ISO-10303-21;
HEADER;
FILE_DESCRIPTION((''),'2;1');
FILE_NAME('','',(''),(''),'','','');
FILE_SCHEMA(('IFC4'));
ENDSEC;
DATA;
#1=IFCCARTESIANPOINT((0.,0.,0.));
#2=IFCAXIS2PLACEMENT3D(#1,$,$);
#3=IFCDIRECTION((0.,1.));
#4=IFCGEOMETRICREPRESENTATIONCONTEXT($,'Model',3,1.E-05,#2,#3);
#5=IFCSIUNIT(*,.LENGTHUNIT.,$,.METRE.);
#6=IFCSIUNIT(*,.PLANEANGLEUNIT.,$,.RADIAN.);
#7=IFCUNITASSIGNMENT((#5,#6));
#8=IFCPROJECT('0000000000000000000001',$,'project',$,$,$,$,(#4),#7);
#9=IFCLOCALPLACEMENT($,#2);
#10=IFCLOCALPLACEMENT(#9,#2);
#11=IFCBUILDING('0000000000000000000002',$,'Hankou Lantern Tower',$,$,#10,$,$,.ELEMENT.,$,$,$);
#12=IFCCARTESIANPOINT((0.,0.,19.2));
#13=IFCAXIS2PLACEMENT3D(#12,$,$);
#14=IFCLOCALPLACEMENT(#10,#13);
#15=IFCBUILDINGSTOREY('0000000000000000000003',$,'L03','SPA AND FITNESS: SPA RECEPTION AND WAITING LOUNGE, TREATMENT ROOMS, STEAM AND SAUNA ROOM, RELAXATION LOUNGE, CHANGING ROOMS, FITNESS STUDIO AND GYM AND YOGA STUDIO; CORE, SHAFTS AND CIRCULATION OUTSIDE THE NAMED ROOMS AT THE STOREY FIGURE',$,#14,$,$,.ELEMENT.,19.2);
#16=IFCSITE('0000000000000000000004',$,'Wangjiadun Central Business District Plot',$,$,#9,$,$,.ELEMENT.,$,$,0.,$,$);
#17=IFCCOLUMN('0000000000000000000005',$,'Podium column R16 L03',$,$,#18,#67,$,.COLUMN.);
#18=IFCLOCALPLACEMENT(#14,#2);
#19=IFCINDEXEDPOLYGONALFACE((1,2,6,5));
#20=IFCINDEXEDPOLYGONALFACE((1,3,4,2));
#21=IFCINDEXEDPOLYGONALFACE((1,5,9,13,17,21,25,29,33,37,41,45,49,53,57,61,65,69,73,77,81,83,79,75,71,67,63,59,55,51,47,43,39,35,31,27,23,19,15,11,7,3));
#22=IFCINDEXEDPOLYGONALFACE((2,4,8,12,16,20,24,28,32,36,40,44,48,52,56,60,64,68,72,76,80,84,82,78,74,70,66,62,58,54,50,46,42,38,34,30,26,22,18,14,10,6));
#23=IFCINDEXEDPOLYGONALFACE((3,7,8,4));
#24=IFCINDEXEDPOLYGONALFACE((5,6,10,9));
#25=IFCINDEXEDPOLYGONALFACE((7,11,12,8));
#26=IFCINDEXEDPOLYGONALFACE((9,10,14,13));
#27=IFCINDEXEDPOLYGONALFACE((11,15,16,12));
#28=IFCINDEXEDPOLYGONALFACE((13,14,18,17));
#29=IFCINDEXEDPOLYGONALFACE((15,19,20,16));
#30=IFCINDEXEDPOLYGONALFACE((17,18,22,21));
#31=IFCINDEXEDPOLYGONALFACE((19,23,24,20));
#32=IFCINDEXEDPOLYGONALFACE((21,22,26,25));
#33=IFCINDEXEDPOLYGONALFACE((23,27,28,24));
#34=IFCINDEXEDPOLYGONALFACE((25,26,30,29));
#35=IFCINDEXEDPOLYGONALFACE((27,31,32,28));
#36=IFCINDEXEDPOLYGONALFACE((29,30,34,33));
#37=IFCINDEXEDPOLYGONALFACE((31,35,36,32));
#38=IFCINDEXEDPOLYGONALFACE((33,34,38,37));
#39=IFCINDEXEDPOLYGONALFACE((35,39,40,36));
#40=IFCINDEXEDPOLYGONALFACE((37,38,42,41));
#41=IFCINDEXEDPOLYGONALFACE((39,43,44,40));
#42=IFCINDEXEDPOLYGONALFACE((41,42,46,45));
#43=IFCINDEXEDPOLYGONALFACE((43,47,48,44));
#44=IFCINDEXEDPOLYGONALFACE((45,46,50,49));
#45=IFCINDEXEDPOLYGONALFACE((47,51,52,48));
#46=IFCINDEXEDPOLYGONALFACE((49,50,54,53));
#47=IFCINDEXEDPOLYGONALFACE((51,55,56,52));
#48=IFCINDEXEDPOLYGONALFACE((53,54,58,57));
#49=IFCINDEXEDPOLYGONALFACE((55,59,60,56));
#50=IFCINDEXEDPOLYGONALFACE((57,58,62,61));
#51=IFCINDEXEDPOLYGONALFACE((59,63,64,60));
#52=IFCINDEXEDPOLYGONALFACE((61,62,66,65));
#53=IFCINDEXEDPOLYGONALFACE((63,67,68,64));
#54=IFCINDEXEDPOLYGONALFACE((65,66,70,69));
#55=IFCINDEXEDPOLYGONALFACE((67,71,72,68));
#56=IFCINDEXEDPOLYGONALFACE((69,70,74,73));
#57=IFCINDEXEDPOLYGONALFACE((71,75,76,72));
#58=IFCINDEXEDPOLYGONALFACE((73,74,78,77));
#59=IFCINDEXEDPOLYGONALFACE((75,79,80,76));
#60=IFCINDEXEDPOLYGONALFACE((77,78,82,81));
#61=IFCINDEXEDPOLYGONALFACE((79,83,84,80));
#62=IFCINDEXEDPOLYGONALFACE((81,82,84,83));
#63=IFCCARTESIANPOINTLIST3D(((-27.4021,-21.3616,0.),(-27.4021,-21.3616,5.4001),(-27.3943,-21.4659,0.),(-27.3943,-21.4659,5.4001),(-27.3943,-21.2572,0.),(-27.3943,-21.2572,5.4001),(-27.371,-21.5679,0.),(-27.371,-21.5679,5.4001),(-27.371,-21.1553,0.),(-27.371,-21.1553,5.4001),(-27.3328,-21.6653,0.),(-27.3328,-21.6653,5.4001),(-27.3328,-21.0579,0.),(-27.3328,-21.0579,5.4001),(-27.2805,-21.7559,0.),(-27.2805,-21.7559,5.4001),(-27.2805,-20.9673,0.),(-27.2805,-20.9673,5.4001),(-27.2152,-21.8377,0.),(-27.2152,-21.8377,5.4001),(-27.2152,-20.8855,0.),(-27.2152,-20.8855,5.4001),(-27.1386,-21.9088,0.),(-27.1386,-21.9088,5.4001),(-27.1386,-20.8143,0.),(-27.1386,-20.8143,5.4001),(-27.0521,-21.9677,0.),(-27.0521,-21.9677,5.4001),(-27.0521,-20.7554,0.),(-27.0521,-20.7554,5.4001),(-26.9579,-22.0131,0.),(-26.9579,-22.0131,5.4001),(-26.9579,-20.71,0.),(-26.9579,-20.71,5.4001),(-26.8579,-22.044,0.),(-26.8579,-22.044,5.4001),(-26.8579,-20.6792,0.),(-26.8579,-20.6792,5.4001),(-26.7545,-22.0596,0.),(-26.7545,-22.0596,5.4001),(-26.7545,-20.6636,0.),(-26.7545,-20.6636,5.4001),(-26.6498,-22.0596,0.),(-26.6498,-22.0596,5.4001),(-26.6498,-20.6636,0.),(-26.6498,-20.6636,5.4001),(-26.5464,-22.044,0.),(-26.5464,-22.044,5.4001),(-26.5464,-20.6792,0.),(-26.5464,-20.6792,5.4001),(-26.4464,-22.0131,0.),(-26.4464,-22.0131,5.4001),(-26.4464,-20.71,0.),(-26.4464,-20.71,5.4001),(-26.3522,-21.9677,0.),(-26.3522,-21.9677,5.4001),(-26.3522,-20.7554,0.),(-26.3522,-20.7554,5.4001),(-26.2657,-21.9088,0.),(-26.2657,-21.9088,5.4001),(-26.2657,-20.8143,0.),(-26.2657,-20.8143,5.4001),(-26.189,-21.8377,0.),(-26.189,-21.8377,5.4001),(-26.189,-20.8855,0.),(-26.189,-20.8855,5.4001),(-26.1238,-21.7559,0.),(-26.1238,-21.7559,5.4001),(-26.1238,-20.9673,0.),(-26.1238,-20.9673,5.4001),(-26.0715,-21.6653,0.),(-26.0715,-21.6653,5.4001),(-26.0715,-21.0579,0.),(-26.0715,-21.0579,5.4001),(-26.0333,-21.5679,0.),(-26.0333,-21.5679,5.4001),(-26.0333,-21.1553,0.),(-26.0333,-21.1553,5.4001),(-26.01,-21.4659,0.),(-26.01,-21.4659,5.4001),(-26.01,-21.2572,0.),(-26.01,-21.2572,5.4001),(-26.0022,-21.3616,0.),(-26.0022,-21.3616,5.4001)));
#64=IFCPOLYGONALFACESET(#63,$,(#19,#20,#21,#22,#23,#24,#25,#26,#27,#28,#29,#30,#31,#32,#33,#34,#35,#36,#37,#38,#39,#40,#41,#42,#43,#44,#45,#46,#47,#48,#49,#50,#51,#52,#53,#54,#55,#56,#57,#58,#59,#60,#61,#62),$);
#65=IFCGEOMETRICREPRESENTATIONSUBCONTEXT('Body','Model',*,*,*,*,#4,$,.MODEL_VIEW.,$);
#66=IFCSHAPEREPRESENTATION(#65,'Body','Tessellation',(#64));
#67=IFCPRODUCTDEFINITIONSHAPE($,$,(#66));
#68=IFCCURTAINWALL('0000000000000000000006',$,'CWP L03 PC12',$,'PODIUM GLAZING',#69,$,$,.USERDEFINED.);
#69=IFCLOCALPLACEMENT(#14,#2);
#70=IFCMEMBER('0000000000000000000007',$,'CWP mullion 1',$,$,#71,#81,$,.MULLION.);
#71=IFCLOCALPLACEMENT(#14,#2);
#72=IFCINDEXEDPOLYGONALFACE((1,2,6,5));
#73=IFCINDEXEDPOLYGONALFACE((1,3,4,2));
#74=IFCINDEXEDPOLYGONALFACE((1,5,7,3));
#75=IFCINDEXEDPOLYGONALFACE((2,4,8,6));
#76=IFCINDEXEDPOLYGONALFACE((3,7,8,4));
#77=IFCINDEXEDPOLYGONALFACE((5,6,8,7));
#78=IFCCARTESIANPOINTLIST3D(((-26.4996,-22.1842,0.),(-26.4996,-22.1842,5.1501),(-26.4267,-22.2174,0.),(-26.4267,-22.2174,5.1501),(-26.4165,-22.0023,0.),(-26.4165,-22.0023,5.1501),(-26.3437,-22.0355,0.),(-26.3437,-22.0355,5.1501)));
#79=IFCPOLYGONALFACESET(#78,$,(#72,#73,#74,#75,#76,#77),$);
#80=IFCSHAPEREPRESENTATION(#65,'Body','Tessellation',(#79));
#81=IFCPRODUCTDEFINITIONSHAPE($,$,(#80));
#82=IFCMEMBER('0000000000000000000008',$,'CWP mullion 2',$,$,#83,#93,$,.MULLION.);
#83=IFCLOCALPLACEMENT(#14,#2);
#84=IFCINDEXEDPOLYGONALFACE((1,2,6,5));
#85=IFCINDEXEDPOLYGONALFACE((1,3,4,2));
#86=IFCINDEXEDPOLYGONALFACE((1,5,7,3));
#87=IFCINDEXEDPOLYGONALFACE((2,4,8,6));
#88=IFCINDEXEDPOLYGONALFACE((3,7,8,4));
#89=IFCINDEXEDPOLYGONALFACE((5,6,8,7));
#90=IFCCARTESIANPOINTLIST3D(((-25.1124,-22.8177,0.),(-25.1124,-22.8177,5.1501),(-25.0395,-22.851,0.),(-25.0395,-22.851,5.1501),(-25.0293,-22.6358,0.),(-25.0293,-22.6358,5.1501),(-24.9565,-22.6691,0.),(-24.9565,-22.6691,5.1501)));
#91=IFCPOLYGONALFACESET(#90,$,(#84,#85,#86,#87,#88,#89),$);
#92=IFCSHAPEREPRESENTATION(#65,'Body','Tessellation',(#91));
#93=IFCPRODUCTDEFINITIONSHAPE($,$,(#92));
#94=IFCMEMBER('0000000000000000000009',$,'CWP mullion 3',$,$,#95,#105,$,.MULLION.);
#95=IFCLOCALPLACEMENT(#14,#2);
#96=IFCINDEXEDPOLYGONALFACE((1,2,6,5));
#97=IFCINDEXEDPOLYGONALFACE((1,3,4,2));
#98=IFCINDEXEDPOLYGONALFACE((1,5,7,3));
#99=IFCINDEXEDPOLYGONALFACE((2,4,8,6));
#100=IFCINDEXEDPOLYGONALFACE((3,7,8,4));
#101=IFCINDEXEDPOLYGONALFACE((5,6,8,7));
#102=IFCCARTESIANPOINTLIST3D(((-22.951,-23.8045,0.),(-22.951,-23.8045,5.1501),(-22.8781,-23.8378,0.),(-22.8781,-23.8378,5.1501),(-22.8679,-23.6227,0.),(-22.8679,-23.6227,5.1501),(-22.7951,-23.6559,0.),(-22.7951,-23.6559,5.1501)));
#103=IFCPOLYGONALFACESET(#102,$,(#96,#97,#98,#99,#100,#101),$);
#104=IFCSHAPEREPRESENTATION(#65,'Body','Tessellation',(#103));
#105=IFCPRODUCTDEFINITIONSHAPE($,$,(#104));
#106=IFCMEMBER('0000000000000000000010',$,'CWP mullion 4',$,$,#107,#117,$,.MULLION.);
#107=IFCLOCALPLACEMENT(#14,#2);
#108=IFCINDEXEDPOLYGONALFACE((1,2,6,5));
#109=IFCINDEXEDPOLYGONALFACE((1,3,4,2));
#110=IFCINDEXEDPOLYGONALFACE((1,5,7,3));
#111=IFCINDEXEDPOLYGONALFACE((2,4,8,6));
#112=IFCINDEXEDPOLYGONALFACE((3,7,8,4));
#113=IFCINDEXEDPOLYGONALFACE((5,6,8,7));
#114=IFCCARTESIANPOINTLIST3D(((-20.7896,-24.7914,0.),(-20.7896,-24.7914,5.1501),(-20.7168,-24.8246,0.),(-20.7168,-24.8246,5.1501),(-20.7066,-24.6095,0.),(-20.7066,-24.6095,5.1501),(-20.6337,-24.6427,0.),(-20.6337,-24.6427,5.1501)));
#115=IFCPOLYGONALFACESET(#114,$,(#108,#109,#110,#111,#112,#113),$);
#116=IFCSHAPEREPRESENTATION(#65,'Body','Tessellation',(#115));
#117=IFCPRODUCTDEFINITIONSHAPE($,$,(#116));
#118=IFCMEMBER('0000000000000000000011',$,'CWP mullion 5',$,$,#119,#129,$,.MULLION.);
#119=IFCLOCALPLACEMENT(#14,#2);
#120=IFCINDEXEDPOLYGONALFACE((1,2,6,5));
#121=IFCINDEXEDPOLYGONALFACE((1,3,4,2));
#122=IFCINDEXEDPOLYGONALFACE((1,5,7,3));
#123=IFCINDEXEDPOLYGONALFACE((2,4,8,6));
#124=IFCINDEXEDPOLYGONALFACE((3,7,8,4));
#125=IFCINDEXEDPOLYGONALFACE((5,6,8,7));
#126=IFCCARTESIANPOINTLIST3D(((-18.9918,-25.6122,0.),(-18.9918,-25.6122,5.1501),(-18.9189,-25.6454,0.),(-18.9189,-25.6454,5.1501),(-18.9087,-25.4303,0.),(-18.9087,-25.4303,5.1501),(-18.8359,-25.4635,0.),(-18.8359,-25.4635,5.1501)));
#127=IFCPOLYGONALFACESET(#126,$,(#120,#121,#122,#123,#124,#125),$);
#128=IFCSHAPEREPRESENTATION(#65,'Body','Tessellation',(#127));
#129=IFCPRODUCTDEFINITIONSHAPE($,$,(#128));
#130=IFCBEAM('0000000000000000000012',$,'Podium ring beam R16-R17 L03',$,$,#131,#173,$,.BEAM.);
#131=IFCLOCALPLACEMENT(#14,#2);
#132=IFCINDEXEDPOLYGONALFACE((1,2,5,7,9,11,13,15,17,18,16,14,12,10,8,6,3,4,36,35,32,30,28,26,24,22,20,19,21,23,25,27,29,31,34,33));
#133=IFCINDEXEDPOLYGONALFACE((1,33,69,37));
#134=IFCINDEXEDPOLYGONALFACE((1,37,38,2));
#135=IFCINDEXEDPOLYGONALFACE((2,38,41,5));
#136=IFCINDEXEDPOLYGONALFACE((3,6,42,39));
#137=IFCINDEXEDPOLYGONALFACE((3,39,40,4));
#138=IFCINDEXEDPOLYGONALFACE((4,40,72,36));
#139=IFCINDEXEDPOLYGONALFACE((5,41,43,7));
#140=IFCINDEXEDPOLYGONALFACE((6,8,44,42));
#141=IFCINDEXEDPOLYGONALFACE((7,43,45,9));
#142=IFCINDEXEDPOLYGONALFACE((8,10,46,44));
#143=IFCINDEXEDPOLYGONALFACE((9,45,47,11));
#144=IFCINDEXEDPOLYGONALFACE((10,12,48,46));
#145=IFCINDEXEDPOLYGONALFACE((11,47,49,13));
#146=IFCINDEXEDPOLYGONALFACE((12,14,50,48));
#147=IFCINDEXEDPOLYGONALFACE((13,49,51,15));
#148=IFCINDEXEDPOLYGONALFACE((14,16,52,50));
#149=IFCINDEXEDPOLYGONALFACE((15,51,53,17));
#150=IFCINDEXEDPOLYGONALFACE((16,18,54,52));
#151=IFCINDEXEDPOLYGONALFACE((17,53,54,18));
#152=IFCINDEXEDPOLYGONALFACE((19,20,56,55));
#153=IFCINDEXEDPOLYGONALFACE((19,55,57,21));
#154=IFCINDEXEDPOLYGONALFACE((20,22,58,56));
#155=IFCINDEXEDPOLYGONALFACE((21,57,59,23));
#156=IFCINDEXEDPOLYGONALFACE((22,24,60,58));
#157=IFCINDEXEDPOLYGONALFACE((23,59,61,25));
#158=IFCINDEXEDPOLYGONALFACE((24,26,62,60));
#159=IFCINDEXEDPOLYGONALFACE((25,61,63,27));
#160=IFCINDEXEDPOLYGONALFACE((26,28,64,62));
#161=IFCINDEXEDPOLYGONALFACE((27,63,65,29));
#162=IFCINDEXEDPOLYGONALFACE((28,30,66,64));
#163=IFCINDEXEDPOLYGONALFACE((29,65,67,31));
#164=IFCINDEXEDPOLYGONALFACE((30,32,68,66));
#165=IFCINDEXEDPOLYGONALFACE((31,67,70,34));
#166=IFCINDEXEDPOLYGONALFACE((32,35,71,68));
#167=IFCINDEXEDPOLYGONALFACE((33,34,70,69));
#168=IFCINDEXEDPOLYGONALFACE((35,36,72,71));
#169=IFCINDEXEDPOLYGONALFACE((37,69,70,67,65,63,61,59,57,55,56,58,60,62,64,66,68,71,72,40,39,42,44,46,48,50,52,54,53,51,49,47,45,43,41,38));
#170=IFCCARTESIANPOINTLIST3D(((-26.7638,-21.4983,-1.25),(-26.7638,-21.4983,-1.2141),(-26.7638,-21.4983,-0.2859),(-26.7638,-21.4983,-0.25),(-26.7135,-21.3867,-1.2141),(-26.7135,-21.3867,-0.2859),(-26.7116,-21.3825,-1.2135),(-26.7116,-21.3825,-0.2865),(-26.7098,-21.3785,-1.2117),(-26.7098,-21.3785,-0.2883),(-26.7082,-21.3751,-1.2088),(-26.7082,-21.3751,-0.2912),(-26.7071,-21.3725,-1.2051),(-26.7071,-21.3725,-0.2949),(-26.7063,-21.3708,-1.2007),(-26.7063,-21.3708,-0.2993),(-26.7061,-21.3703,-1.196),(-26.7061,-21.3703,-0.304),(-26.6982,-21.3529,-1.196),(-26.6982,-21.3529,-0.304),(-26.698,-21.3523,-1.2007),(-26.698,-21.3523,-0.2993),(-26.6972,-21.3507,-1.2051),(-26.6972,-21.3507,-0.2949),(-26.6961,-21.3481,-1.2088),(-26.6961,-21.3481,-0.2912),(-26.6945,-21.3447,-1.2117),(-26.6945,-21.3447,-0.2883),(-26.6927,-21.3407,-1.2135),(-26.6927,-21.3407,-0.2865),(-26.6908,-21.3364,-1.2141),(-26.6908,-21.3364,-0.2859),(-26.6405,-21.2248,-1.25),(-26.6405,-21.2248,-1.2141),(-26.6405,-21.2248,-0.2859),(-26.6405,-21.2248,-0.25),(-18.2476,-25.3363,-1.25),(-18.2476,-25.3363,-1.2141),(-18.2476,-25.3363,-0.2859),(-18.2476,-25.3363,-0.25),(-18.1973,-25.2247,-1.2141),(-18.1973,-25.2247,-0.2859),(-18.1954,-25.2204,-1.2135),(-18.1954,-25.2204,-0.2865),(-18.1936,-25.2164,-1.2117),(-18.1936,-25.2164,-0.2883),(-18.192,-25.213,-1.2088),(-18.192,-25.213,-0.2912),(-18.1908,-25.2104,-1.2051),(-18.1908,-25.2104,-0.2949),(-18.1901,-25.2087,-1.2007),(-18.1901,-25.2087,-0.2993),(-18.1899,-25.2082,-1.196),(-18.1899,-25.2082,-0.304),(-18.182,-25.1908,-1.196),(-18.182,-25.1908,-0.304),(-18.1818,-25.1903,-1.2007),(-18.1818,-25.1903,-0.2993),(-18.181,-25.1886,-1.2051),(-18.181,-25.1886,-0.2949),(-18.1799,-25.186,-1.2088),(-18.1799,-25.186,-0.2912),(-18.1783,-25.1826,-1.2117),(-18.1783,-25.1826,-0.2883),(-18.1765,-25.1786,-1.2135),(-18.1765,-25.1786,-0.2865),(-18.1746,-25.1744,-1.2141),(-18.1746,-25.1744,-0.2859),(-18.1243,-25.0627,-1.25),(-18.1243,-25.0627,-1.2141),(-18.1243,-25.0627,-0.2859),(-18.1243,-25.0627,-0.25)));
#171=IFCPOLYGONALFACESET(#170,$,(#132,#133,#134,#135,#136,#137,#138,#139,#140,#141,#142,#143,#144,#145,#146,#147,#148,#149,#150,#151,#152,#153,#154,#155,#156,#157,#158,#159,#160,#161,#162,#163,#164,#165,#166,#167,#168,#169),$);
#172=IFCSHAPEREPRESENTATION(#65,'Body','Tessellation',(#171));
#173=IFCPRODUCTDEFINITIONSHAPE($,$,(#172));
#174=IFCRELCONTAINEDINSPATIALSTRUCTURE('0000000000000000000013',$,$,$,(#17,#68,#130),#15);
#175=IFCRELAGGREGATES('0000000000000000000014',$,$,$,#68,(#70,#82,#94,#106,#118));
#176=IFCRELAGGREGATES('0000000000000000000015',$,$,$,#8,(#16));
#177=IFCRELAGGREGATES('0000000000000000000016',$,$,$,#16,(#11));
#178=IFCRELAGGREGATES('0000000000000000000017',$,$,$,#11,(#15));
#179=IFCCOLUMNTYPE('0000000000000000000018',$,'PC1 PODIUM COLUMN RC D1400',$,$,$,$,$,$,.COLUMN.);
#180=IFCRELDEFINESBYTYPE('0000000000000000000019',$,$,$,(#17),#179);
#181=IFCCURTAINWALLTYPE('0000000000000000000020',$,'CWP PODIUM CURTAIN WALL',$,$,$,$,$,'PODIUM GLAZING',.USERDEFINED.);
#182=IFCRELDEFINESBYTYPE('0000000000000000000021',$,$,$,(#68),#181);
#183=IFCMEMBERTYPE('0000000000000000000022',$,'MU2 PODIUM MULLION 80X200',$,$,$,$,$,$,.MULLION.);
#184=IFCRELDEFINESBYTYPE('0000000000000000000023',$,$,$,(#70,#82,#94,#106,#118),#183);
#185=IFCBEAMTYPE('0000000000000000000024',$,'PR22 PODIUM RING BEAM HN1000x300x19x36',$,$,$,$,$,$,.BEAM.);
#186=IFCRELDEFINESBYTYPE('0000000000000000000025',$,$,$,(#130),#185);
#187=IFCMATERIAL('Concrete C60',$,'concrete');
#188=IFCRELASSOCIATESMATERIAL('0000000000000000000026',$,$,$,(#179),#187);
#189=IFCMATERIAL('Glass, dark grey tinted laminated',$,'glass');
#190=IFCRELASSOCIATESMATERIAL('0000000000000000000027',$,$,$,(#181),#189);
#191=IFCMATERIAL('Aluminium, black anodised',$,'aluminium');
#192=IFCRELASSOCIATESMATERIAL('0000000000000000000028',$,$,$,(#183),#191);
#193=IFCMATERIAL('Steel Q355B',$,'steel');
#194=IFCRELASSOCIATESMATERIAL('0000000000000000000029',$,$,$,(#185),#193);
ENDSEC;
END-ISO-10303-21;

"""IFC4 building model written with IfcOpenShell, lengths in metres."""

from ifc_helpers import new_model, si_unit, direction, frame, origin, origin_2d, place, context, subcontext, project, spatial, rectangle, circle, i_section, extrude, material, material_profile, profile_set, type_object, element, aggregate, save


model = new_model("IFC4")

# Units and contexts
model_context = context("Model", 3, precision=1e-05, world=origin(), true_north=direction((0.0, 1.0)))
body_context = subcontext(model_context, "Body", "Model", "MODEL_VIEW")
ifc_project = project(units=[si_unit("LENGTHUNIT", "METRE"), si_unit("PLANEANGLEUNIT", "RADIAN")], contexts=[model_context])

# Site, building, storey
site_placement = place(None, origin())
site = spatial("IfcSite", under=ifc_project, at=site_placement, Name="Wangjiadun Central Business District Plot", CompositionType="ELEMENT", RefElevation=0.0)
building_placement = place(site_placement, origin())
building = spatial("IfcBuilding", under=site, at=building_placement, Name="Hankou Lantern Tower", CompositionType="ELEMENT")
storey_placement = place(building_placement, frame((0.0, 0.0, 19.2)))
storey = spatial("IfcBuildingStorey", under=building, at=storey_placement, Name="L03", Description="SPA AND FITNESS: SPA RECEPTION AND WAITING LOUNGE, TREATMENT ROOMS, STEAM AND SAUNA ROOM, RELAXATION LOUNGE, CHANGING ROOMS, FITNESS STUDIO AND GYM AND YOGA STUDIO; CORE, SHAFTS AND CIRCULATION OUTSIDE THE NAMED ROOMS AT THE STOREY FIGURE", CompositionType="ELEMENT", Elevation=19.2)

# Column
ifc_material_1 = material(Name="Concrete C60", Category="concrete")
ifc_material_profile_1 = material_profile(ifc_material_1, circle(Radius=0.7, at=origin_2d()), Name="RC D1400")
ifc_profile_set_1 = profile_set([ifc_material_profile_1], Name="Concrete C60")
column_type = type_object("IfcColumnType", Name="PC1 PODIUM COLUMN RC D1400", PredefinedType="COLUMN", material=ifc_profile_set_1)
column_placement = place(storey_placement, frame((-26.7021, -21.3616, 0.0), z_axis=(0.0, 0.0, 1.0), x_axis=(1.0, 0.0, 0.0)))
element("IfcColumn", 1, at=column_placement, inside=storey, type_object=column_type, Name="Podium column R16 L03", PredefinedType="COLUMN", context=body_context, shape_type="SweptSolid", body=[
    extrude(circle(Radius=0.7, at=origin_2d()), origin(), (0.0, 0.0, 1.0), 5.4001),
])

# Curtain wall, members
ifc_material_2 = material(Name="Glass, dark grey tinted laminated", Category="glass")
curtain_wall_type = type_object("IfcCurtainWallType", Name="CWP PODIUM CURTAIN WALL", ElementType="PODIUM GLAZING", PredefinedType="USERDEFINED", material=ifc_material_2)
curtain_wall_placement = place(storey_placement, origin())
curtain_wall = element("IfcCurtainWall", 2, at=curtain_wall_placement, inside=storey, type_object=curtain_wall_type, Name="CWP L03 PC12", ObjectType="PODIUM GLAZING", PredefinedType="USERDEFINED")
ifc_material_3 = material(Name="Aluminium, black anodised", Category="aluminium")
ifc_material_profile_2 = material_profile(ifc_material_3, rectangle(XDim=0.0801, YDim=0.2, at=origin_2d()), Name="MU2 80X200")
ifc_profile_set_2 = profile_set([ifc_material_profile_2], Name="Aluminium, black anodised")
member_type_1 = type_object("IfcMemberType", Name="MU2 PODIUM MULLION 80X200", PredefinedType="MULLION", material=ifc_profile_set_2)
member_1_placement = place(storey_placement, frame((-26.4216, -22.1099, 0.0), z_axis=(0.0, 0.0, 1.0), x_axis=(0.90967, -0.415332, 0.0)))
member_1 = element("IfcMember", 3, at=member_1_placement, type_object=member_type_1, Name="CWP mullion 1", PredefinedType="MULLION", context=body_context, shape_type="SweptSolid", body=[
    extrude(rectangle(XDim=0.0801, YDim=0.2, at=origin_2d()), origin(), (0.0, 0.0, 1.0), 5.1501),
])
member_2_placement = place(storey_placement, frame((-25.0344, -22.7434, 0.0), z_axis=(0.0, 0.0, 1.0), x_axis=(0.90967, -0.415332, 0.0)))
member_2 = element("IfcMember", 4, at=member_2_placement, type_object=member_type_1, Name="CWP mullion 2", PredefinedType="MULLION", context=body_context, shape_type="SweptSolid", body=[
    extrude(rectangle(XDim=0.0801, YDim=0.2, at=origin_2d()), origin(), (0.0, 0.0, 1.0), 5.1501),
])
member_3_placement = place(storey_placement, frame((-22.873, -23.7302, 0.0), z_axis=(0.0, 0.0, 1.0), x_axis=(0.90967, -0.415332, 0.0)))
member_3 = element("IfcMember", 5, at=member_3_placement, type_object=member_type_1, Name="CWP mullion 3", PredefinedType="MULLION", context=body_context, shape_type="SweptSolid", body=[
    extrude(rectangle(XDim=0.0801, YDim=0.2, at=origin_2d()), origin(), (0.0, 0.0, 1.0), 5.1501),
])
member_4_placement = place(storey_placement, frame((-20.7117, -24.717, 0.0), z_axis=(0.0, 0.0, 1.0), x_axis=(0.90967, -0.415332, 0.0)))
member_4 = element("IfcMember", 6, at=member_4_placement, type_object=member_type_1, Name="CWP mullion 4", PredefinedType="MULLION", context=body_context, shape_type="SweptSolid", body=[
    extrude(rectangle(XDim=0.0801, YDim=0.2, at=origin_2d()), origin(), (0.0, 0.0, 1.0), 5.1501),
])
member_5_placement = place(storey_placement, frame((-18.9138, -25.5378, 0.0), z_axis=(0.0, 0.0, 1.0), x_axis=(0.90967, -0.415332, 0.0)))
member_5 = element("IfcMember", 7, at=member_5_placement, type_object=member_type_1, Name="CWP mullion 5", PredefinedType="MULLION", context=body_context, shape_type="SweptSolid", body=[
    extrude(rectangle(XDim=0.0801, YDim=0.2, at=origin_2d()), origin(), (0.0, 0.0, 1.0), 5.1501),
])

# Beam
ifc_material_4 = material(Name="Steel Q355B", Category="steel")
ifc_material_profile_3 = material_profile(ifc_material_4, i_section(OverallWidth=0.3, OverallDepth=1.0, WebThickness=0.019, FlangeThickness=0.0359, FilletRadius=0.0181, at=origin_2d()), Name="HN1000x300x19x36")
ifc_profile_set_3 = profile_set([ifc_material_profile_3], Name="Steel Q355B")
beam_type_1 = type_object("IfcBeamType", Name="PR22 PODIUM RING BEAM HN1000x300x19x36", PredefinedType="BEAM", material=ifc_profile_set_3)
beam_1_placement = place(storey_placement, frame((-26.7021, -21.3616, -0.75), z_axis=(0.911695, -0.410867, 0.0), x_axis=(0.410867, 0.911695, 0.0)))
element("IfcBeam", 8, at=beam_1_placement, inside=storey, type_object=beam_type_1, Name="Podium ring beam R16-R17 L03", PredefinedType="BEAM", context=body_context, shape_type="SweptSolid", body=[
    extrude(i_section(OverallWidth=0.3, OverallDepth=1.0, WebThickness=0.019, FlangeThickness=0.0359, FilletRadius=0.0181, at=origin_2d()), origin(), (0.0, 0.0, 1.0), 9.3411),
])

aggregate(curtain_wall, [member_1, member_2, member_3, member_4, member_5])

save(model, "model.ifc")
